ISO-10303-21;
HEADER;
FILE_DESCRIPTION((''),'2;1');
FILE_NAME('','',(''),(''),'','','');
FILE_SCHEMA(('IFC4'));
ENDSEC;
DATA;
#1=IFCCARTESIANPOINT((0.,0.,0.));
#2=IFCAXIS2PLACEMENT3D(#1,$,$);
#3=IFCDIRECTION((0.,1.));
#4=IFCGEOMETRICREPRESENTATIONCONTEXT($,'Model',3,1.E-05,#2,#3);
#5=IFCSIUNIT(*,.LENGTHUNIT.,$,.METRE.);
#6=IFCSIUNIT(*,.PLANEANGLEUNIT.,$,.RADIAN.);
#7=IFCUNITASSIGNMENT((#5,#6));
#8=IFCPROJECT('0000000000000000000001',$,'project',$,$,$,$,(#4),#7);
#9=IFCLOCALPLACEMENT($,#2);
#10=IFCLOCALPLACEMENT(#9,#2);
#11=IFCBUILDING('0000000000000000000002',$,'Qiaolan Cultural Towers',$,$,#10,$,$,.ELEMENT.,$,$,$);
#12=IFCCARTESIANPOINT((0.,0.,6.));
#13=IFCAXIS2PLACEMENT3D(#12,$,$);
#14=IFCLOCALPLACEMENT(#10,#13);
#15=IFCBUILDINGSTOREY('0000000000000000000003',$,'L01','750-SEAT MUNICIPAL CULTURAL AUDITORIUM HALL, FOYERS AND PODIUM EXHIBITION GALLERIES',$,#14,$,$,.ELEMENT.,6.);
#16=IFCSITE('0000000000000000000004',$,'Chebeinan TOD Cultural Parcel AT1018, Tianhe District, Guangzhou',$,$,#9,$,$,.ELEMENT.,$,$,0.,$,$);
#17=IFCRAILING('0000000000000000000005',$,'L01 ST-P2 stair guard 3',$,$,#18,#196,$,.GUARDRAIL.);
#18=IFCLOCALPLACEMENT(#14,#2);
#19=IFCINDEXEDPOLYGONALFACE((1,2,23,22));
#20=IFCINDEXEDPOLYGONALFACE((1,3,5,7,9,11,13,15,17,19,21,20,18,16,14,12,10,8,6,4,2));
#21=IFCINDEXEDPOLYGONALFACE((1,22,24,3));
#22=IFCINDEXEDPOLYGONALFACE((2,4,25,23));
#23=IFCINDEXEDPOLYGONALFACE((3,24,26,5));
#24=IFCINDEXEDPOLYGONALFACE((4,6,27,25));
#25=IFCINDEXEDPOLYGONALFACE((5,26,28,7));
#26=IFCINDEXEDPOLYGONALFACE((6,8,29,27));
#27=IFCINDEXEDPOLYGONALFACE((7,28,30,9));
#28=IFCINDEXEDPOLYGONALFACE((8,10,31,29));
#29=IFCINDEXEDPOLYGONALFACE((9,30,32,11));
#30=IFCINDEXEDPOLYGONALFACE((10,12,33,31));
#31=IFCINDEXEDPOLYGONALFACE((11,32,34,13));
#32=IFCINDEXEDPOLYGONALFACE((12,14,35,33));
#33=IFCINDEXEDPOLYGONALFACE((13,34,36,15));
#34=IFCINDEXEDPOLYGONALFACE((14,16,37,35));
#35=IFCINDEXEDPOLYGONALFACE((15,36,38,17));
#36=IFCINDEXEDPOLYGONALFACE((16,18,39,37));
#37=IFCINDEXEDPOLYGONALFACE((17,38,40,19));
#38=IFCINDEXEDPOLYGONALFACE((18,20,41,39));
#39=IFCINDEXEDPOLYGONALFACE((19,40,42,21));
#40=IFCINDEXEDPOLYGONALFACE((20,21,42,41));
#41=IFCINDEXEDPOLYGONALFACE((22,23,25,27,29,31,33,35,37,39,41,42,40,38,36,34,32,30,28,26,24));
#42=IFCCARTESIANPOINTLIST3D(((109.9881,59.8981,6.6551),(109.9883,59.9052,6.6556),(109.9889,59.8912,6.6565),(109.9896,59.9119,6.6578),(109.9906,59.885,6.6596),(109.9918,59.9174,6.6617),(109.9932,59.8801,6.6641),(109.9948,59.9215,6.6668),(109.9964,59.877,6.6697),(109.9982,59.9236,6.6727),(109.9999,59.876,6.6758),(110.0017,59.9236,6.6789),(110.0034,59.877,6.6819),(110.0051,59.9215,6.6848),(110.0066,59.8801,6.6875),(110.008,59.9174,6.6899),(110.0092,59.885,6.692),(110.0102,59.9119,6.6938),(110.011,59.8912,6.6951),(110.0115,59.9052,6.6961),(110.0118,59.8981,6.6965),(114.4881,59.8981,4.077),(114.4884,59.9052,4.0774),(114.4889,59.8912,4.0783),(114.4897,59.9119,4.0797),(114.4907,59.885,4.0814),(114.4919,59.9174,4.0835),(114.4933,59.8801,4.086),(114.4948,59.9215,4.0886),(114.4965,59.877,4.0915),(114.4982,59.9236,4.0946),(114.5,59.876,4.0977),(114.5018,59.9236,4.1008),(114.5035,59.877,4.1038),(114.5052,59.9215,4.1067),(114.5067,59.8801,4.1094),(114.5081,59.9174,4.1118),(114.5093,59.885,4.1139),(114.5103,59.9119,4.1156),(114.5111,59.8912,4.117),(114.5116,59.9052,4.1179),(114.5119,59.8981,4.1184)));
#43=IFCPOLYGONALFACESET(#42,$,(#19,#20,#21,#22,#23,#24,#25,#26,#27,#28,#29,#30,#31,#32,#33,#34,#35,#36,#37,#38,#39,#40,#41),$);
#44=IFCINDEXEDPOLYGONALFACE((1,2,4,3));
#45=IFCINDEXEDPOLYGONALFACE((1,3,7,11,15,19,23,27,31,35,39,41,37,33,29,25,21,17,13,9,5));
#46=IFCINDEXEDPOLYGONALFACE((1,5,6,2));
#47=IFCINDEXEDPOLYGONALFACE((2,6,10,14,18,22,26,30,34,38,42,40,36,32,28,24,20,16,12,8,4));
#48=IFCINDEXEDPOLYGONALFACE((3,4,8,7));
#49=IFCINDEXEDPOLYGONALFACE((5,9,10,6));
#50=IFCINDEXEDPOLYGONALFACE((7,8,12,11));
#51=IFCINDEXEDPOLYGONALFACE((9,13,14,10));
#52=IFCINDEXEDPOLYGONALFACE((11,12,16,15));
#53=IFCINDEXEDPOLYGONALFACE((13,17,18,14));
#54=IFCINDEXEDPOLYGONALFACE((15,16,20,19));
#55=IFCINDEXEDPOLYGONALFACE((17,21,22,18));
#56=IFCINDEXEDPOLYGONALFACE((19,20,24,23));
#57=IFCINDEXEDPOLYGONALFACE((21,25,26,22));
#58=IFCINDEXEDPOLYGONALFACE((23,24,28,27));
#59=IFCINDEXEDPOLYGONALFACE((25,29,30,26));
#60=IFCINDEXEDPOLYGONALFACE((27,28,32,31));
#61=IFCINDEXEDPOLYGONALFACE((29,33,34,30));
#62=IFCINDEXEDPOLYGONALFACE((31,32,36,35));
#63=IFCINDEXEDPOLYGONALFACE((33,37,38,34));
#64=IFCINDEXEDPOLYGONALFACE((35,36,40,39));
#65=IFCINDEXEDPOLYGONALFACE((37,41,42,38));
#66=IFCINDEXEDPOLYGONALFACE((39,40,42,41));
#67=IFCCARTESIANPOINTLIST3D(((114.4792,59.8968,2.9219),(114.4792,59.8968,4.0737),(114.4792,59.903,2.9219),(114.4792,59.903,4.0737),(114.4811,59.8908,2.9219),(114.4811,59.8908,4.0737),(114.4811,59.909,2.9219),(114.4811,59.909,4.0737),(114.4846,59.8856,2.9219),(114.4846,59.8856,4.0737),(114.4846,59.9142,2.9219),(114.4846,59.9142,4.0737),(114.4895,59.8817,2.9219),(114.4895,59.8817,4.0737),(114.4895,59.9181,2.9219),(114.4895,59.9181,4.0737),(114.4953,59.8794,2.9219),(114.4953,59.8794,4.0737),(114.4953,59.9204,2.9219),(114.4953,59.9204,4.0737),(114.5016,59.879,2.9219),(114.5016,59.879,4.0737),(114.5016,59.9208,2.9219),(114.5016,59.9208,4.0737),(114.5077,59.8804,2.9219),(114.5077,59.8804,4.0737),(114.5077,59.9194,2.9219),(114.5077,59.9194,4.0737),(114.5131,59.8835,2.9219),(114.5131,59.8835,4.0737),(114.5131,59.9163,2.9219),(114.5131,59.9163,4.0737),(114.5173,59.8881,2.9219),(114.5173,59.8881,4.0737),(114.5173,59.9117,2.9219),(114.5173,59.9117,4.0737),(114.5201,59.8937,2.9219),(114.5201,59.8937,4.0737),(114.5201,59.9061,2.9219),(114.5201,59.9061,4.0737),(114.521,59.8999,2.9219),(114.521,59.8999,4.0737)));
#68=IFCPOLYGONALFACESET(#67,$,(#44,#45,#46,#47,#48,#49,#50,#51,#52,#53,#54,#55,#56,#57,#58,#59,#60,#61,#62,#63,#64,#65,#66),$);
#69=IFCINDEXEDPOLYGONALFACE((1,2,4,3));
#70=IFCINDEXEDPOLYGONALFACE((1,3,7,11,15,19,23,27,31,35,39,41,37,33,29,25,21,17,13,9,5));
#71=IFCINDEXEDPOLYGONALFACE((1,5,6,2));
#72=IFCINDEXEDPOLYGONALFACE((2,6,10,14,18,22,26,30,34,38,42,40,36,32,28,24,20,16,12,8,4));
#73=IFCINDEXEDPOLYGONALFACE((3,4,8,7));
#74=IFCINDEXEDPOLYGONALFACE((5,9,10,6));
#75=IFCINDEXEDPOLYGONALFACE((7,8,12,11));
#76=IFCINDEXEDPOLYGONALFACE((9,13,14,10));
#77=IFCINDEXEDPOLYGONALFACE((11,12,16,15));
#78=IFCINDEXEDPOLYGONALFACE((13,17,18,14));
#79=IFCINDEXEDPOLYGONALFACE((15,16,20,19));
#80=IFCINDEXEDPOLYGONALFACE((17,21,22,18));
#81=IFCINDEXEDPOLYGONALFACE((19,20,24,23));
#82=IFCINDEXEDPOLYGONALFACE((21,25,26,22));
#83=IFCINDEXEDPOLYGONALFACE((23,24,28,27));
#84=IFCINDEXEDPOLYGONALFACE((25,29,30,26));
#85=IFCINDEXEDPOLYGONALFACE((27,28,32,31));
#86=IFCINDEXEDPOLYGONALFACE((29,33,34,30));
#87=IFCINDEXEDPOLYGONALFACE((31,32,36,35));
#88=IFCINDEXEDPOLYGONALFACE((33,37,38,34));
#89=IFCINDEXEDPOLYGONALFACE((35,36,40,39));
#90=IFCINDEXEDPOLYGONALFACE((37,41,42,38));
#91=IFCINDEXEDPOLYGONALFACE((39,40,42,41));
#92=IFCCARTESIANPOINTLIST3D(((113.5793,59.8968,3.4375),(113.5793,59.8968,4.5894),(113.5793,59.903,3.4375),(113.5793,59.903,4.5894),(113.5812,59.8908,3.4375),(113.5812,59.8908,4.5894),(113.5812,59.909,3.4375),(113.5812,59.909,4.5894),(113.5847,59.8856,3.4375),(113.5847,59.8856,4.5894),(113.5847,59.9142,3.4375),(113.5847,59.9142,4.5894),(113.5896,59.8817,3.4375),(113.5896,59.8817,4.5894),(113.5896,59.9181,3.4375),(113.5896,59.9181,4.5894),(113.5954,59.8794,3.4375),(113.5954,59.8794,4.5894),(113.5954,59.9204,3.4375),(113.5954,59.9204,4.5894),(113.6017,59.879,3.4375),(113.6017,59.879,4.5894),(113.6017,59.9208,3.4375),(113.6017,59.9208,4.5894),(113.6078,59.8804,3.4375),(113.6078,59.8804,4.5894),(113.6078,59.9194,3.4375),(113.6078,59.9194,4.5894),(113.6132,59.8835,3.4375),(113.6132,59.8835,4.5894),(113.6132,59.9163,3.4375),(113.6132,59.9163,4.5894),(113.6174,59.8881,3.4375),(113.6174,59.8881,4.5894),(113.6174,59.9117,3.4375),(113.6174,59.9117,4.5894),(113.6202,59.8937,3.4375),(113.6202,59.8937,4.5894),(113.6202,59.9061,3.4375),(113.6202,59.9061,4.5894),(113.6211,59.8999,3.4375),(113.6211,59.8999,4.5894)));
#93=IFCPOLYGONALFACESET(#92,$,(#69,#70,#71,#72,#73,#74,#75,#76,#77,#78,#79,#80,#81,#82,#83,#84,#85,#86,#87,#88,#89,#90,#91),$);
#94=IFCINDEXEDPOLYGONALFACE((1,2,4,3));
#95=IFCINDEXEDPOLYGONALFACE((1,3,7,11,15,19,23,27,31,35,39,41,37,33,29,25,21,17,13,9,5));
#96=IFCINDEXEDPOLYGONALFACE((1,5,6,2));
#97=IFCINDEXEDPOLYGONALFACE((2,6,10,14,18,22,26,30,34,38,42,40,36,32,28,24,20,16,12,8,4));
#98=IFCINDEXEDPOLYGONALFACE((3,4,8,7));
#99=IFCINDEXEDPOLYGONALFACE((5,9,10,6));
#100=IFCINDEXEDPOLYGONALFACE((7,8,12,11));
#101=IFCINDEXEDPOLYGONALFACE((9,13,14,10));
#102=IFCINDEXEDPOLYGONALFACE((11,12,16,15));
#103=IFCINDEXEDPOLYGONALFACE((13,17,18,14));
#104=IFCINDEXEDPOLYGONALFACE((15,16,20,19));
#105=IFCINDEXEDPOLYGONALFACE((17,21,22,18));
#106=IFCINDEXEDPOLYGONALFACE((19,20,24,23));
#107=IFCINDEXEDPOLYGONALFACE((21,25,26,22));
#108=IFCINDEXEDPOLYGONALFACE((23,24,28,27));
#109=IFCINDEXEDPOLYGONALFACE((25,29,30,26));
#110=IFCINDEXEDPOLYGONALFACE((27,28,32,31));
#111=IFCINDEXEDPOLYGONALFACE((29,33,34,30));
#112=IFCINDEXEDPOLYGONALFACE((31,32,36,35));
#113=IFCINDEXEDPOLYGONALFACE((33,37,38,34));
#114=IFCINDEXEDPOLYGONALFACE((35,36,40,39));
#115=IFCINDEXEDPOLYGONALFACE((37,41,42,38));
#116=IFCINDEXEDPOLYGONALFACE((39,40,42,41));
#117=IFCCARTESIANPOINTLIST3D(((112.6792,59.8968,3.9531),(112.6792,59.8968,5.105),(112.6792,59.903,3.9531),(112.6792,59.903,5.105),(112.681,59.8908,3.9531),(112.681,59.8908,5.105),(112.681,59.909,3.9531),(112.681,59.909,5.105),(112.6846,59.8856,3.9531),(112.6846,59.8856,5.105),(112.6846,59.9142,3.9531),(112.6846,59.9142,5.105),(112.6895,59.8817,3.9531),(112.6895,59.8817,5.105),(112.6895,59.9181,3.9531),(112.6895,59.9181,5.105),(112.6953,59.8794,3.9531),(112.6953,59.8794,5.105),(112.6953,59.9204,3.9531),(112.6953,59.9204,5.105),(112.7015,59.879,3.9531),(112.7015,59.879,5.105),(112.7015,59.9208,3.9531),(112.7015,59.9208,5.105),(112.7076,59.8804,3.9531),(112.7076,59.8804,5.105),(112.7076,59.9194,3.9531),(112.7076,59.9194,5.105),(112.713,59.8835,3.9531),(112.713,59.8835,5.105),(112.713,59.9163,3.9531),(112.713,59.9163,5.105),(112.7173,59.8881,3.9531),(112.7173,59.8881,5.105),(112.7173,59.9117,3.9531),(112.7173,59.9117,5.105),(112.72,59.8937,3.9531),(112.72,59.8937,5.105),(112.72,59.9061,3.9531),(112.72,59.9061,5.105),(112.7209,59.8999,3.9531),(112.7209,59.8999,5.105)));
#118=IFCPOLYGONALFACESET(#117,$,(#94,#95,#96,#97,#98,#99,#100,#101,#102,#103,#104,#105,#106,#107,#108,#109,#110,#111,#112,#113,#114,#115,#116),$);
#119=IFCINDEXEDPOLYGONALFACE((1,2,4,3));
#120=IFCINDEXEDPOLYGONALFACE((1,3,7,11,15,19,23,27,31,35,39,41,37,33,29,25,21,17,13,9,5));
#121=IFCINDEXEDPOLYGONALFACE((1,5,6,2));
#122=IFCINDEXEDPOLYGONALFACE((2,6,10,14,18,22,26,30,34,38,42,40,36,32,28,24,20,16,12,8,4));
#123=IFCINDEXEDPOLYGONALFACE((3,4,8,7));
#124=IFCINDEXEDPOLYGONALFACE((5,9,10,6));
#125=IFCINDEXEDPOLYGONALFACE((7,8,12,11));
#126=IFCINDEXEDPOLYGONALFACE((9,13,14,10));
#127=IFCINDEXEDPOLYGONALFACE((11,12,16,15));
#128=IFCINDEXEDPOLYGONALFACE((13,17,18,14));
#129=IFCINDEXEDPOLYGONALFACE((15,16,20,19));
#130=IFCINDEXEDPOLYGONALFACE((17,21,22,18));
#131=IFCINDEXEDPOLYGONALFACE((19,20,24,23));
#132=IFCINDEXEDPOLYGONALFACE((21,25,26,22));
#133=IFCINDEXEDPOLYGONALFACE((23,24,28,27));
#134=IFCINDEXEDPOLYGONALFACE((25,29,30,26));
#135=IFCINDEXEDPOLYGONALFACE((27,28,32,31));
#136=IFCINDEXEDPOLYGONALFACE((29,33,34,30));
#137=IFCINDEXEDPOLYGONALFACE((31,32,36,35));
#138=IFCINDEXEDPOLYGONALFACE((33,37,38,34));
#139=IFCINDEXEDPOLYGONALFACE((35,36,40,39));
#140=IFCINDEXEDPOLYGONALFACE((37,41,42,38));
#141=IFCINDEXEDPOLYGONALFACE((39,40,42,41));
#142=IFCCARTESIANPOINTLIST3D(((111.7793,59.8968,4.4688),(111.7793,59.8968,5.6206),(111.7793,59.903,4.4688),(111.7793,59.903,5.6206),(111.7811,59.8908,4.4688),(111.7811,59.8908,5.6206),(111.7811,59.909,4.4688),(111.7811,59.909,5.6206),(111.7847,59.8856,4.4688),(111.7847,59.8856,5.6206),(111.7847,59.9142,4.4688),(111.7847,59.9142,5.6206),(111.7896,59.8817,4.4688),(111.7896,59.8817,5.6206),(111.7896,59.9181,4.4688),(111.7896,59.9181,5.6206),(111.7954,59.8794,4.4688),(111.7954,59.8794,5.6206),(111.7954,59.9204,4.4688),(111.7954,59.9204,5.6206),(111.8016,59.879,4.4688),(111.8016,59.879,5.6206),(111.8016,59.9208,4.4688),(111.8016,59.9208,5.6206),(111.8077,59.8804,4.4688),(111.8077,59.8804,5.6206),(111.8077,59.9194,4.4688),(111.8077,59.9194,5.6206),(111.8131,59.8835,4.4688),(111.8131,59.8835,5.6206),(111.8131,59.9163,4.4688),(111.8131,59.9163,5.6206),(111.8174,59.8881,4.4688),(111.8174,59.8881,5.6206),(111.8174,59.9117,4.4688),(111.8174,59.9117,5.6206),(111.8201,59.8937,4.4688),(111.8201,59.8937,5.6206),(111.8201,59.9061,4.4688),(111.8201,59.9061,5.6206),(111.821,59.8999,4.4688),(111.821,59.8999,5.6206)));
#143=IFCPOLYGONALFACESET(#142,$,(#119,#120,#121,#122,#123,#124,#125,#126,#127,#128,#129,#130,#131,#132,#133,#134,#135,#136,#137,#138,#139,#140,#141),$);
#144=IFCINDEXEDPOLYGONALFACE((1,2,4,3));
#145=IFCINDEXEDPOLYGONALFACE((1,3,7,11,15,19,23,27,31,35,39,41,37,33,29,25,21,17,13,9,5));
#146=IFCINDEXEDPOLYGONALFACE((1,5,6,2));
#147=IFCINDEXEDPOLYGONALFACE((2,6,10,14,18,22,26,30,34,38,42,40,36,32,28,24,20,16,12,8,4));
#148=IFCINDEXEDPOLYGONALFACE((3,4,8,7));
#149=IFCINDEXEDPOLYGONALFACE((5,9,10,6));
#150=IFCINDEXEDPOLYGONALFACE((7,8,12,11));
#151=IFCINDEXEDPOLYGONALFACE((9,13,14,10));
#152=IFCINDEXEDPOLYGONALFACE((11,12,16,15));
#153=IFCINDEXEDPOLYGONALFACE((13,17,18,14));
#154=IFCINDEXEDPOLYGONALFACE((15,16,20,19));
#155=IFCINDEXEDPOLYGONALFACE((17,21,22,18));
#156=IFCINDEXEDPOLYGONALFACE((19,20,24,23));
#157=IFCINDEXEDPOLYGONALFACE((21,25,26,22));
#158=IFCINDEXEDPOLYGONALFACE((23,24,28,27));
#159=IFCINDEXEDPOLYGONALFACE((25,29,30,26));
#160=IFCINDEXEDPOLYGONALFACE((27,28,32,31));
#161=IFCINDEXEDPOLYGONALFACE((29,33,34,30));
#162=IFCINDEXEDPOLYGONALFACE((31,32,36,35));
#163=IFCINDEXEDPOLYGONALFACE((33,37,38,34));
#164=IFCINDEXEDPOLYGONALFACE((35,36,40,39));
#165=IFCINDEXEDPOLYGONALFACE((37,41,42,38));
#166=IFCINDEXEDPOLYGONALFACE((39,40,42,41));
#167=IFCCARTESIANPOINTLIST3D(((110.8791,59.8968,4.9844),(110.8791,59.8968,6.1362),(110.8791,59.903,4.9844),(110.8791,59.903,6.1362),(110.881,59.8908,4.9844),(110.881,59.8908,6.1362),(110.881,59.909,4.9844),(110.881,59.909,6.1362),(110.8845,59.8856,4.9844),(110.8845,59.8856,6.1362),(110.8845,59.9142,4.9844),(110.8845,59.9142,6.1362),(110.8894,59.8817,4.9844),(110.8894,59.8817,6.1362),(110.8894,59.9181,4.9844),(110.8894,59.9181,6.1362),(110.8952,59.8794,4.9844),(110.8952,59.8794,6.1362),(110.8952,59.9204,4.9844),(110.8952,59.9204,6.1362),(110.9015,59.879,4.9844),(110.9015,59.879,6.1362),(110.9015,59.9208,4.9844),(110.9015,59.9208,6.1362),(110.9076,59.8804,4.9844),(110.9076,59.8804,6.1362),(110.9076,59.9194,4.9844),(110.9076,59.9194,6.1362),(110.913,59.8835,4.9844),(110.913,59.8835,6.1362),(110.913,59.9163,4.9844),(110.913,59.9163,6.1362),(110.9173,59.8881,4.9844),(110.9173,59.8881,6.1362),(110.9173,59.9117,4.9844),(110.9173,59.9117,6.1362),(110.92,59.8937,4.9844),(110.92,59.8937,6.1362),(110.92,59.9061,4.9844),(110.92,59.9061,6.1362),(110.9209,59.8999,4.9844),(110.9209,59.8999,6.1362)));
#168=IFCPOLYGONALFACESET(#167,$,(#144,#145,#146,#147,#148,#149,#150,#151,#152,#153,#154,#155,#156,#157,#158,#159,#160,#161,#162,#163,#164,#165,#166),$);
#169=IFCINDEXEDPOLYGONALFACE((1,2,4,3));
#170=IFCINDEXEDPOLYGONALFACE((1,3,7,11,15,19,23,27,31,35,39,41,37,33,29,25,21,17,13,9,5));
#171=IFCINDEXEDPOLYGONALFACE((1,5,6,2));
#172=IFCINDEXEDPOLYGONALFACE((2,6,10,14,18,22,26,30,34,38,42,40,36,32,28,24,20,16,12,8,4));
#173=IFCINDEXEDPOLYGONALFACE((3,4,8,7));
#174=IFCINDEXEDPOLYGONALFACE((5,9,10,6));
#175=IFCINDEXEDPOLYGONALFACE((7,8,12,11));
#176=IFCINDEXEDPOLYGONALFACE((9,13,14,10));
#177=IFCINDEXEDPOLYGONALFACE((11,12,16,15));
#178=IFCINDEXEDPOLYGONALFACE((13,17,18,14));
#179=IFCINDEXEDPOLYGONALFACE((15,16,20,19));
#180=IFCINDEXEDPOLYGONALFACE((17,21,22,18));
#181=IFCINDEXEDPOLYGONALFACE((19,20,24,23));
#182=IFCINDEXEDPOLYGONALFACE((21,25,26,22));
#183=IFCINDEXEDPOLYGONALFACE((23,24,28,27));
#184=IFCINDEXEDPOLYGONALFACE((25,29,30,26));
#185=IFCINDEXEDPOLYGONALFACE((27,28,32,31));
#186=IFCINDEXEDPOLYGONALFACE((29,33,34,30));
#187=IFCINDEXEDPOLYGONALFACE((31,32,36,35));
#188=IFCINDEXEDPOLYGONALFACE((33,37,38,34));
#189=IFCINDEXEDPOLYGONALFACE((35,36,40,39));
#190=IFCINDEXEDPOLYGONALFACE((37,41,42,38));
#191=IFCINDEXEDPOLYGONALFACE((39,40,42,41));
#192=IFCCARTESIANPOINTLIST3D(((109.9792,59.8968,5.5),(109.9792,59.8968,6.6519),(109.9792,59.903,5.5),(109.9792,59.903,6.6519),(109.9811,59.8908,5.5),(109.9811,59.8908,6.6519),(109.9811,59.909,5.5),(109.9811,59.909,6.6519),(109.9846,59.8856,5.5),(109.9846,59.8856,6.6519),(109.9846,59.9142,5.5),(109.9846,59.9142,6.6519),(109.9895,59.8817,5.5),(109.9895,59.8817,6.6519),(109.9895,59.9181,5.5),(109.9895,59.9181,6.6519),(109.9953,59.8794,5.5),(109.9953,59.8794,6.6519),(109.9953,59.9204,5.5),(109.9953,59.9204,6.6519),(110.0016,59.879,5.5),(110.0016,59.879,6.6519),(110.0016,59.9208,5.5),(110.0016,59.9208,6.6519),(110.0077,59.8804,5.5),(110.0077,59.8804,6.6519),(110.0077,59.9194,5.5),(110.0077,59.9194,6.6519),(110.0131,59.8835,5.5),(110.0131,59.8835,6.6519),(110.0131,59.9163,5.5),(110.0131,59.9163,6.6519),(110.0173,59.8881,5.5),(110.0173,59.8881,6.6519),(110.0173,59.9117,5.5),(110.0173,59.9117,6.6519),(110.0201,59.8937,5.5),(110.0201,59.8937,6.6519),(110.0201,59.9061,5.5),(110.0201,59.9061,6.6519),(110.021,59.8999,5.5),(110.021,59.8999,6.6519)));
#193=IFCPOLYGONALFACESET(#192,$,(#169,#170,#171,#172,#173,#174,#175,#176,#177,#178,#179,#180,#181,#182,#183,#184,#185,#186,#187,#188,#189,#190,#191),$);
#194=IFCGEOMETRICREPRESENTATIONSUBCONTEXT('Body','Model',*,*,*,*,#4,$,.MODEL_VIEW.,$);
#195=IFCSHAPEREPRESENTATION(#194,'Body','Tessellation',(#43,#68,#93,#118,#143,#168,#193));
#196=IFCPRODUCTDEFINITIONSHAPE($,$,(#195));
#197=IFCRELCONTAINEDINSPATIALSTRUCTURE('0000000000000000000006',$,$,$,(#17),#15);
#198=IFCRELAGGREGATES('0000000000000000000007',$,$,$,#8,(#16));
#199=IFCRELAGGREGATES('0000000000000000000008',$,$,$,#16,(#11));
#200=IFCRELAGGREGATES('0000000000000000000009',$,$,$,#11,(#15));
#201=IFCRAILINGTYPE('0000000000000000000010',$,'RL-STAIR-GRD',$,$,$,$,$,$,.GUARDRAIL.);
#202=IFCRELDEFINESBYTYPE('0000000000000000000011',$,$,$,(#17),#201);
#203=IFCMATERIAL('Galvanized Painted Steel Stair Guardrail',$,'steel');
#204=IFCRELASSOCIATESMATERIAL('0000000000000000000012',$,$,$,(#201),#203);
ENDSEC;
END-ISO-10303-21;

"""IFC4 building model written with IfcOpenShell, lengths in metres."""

from ifc_helpers import new_model, si_unit, direction, frame, origin, origin_2d, place, context, subcontext, project, spatial, circle, extrude, material, type_object, element, save


model = new_model("IFC4")

# Units and contexts
model_context = context("Model", 3, precision=1e-05, world=origin(), true_north=direction((0.0, 1.0)))
body_context = subcontext(model_context, "Body", "Model", "MODEL_VIEW")
ifc_project = project(units=[si_unit("LENGTHUNIT", "METRE"), si_unit("PLANEANGLEUNIT", "RADIAN")], contexts=[model_context])

# Site, building, storey
site_placement = place(None, origin())
site = spatial("IfcSite", under=ifc_project, at=site_placement, Name="Chebeinan TOD Cultural Parcel AT1018, Tianhe District, Guangzhou", CompositionType="ELEMENT", RefElevation=0.0)
building_placement = place(site_placement, origin())
building = spatial("IfcBuilding", under=site, at=building_placement, Name="Qiaolan Cultural Towers", CompositionType="ELEMENT")
storey_placement = place(building_placement, frame((0.0, 0.0, 6.0)))
storey = spatial("IfcBuildingStorey", under=building, at=storey_placement, Name="L01", Description="750-SEAT MUNICIPAL CULTURAL AUDITORIUM HALL, FOYERS AND PODIUM EXHIBITION GALLERIES", CompositionType="ELEMENT", Elevation=6.0)

# Railing
ifc_material_1 = material(Name="Galvanized Painted Steel Stair Guardrail", Category="steel")
railing_type_1 = type_object("IfcRailingType", Name="RL-STAIR-GRD", PredefinedType="GUARDRAIL", material=ifc_material_1)
railing_1_placement = place(storey_placement, frame((114.5, 59.8999, 2.9219)))
element("IfcRailing", 1, at=railing_1_placement, inside=storey, type_object=railing_type_1, Name="L01 ST-P2 stair guard 3", PredefinedType="GUARDRAIL", context=body_context, shape_type="SweptSolid", body=[
    extrude(circle(Radius=0.0239, at=origin_2d()), frame((0.0, 0.0, 1.1758), z_axis=(-0.867686, 0.0, 0.497112), x_axis=(0.0, -1.0, 0.0)), (0.0, 0.0, 1.0), 5.1863),
    extrude(circle(Radius=0.021, at=origin_2d()), origin(), (0.0, 0.0, 1.0), 1.1519),
    extrude(circle(Radius=0.021, at=origin_2d()), frame((-0.8999, 0.0, 0.5156)), (0.0, 0.0, 1.0), 1.1519),
    extrude(circle(Radius=0.021, at=origin_2d()), frame((-1.8, 0.0, 1.0312)), (0.0, 0.0, 1.0), 1.1519),
    extrude(circle(Radius=0.021, at=origin_2d()), frame((-2.7, 0.0, 1.5469)), (0.0, 0.0, 1.0), 1.1519),
    extrude(circle(Radius=0.021, at=origin_2d()), frame((-3.6001, 0.0, 2.0625)), (0.0, 0.0, 1.0), 1.1519),
    extrude(circle(Radius=0.021, at=origin_2d()), frame((-4.5, 0.0, 2.5781)), (0.0, 0.0, 1.0), 1.1519),
])

save(model, "model.ifc")
